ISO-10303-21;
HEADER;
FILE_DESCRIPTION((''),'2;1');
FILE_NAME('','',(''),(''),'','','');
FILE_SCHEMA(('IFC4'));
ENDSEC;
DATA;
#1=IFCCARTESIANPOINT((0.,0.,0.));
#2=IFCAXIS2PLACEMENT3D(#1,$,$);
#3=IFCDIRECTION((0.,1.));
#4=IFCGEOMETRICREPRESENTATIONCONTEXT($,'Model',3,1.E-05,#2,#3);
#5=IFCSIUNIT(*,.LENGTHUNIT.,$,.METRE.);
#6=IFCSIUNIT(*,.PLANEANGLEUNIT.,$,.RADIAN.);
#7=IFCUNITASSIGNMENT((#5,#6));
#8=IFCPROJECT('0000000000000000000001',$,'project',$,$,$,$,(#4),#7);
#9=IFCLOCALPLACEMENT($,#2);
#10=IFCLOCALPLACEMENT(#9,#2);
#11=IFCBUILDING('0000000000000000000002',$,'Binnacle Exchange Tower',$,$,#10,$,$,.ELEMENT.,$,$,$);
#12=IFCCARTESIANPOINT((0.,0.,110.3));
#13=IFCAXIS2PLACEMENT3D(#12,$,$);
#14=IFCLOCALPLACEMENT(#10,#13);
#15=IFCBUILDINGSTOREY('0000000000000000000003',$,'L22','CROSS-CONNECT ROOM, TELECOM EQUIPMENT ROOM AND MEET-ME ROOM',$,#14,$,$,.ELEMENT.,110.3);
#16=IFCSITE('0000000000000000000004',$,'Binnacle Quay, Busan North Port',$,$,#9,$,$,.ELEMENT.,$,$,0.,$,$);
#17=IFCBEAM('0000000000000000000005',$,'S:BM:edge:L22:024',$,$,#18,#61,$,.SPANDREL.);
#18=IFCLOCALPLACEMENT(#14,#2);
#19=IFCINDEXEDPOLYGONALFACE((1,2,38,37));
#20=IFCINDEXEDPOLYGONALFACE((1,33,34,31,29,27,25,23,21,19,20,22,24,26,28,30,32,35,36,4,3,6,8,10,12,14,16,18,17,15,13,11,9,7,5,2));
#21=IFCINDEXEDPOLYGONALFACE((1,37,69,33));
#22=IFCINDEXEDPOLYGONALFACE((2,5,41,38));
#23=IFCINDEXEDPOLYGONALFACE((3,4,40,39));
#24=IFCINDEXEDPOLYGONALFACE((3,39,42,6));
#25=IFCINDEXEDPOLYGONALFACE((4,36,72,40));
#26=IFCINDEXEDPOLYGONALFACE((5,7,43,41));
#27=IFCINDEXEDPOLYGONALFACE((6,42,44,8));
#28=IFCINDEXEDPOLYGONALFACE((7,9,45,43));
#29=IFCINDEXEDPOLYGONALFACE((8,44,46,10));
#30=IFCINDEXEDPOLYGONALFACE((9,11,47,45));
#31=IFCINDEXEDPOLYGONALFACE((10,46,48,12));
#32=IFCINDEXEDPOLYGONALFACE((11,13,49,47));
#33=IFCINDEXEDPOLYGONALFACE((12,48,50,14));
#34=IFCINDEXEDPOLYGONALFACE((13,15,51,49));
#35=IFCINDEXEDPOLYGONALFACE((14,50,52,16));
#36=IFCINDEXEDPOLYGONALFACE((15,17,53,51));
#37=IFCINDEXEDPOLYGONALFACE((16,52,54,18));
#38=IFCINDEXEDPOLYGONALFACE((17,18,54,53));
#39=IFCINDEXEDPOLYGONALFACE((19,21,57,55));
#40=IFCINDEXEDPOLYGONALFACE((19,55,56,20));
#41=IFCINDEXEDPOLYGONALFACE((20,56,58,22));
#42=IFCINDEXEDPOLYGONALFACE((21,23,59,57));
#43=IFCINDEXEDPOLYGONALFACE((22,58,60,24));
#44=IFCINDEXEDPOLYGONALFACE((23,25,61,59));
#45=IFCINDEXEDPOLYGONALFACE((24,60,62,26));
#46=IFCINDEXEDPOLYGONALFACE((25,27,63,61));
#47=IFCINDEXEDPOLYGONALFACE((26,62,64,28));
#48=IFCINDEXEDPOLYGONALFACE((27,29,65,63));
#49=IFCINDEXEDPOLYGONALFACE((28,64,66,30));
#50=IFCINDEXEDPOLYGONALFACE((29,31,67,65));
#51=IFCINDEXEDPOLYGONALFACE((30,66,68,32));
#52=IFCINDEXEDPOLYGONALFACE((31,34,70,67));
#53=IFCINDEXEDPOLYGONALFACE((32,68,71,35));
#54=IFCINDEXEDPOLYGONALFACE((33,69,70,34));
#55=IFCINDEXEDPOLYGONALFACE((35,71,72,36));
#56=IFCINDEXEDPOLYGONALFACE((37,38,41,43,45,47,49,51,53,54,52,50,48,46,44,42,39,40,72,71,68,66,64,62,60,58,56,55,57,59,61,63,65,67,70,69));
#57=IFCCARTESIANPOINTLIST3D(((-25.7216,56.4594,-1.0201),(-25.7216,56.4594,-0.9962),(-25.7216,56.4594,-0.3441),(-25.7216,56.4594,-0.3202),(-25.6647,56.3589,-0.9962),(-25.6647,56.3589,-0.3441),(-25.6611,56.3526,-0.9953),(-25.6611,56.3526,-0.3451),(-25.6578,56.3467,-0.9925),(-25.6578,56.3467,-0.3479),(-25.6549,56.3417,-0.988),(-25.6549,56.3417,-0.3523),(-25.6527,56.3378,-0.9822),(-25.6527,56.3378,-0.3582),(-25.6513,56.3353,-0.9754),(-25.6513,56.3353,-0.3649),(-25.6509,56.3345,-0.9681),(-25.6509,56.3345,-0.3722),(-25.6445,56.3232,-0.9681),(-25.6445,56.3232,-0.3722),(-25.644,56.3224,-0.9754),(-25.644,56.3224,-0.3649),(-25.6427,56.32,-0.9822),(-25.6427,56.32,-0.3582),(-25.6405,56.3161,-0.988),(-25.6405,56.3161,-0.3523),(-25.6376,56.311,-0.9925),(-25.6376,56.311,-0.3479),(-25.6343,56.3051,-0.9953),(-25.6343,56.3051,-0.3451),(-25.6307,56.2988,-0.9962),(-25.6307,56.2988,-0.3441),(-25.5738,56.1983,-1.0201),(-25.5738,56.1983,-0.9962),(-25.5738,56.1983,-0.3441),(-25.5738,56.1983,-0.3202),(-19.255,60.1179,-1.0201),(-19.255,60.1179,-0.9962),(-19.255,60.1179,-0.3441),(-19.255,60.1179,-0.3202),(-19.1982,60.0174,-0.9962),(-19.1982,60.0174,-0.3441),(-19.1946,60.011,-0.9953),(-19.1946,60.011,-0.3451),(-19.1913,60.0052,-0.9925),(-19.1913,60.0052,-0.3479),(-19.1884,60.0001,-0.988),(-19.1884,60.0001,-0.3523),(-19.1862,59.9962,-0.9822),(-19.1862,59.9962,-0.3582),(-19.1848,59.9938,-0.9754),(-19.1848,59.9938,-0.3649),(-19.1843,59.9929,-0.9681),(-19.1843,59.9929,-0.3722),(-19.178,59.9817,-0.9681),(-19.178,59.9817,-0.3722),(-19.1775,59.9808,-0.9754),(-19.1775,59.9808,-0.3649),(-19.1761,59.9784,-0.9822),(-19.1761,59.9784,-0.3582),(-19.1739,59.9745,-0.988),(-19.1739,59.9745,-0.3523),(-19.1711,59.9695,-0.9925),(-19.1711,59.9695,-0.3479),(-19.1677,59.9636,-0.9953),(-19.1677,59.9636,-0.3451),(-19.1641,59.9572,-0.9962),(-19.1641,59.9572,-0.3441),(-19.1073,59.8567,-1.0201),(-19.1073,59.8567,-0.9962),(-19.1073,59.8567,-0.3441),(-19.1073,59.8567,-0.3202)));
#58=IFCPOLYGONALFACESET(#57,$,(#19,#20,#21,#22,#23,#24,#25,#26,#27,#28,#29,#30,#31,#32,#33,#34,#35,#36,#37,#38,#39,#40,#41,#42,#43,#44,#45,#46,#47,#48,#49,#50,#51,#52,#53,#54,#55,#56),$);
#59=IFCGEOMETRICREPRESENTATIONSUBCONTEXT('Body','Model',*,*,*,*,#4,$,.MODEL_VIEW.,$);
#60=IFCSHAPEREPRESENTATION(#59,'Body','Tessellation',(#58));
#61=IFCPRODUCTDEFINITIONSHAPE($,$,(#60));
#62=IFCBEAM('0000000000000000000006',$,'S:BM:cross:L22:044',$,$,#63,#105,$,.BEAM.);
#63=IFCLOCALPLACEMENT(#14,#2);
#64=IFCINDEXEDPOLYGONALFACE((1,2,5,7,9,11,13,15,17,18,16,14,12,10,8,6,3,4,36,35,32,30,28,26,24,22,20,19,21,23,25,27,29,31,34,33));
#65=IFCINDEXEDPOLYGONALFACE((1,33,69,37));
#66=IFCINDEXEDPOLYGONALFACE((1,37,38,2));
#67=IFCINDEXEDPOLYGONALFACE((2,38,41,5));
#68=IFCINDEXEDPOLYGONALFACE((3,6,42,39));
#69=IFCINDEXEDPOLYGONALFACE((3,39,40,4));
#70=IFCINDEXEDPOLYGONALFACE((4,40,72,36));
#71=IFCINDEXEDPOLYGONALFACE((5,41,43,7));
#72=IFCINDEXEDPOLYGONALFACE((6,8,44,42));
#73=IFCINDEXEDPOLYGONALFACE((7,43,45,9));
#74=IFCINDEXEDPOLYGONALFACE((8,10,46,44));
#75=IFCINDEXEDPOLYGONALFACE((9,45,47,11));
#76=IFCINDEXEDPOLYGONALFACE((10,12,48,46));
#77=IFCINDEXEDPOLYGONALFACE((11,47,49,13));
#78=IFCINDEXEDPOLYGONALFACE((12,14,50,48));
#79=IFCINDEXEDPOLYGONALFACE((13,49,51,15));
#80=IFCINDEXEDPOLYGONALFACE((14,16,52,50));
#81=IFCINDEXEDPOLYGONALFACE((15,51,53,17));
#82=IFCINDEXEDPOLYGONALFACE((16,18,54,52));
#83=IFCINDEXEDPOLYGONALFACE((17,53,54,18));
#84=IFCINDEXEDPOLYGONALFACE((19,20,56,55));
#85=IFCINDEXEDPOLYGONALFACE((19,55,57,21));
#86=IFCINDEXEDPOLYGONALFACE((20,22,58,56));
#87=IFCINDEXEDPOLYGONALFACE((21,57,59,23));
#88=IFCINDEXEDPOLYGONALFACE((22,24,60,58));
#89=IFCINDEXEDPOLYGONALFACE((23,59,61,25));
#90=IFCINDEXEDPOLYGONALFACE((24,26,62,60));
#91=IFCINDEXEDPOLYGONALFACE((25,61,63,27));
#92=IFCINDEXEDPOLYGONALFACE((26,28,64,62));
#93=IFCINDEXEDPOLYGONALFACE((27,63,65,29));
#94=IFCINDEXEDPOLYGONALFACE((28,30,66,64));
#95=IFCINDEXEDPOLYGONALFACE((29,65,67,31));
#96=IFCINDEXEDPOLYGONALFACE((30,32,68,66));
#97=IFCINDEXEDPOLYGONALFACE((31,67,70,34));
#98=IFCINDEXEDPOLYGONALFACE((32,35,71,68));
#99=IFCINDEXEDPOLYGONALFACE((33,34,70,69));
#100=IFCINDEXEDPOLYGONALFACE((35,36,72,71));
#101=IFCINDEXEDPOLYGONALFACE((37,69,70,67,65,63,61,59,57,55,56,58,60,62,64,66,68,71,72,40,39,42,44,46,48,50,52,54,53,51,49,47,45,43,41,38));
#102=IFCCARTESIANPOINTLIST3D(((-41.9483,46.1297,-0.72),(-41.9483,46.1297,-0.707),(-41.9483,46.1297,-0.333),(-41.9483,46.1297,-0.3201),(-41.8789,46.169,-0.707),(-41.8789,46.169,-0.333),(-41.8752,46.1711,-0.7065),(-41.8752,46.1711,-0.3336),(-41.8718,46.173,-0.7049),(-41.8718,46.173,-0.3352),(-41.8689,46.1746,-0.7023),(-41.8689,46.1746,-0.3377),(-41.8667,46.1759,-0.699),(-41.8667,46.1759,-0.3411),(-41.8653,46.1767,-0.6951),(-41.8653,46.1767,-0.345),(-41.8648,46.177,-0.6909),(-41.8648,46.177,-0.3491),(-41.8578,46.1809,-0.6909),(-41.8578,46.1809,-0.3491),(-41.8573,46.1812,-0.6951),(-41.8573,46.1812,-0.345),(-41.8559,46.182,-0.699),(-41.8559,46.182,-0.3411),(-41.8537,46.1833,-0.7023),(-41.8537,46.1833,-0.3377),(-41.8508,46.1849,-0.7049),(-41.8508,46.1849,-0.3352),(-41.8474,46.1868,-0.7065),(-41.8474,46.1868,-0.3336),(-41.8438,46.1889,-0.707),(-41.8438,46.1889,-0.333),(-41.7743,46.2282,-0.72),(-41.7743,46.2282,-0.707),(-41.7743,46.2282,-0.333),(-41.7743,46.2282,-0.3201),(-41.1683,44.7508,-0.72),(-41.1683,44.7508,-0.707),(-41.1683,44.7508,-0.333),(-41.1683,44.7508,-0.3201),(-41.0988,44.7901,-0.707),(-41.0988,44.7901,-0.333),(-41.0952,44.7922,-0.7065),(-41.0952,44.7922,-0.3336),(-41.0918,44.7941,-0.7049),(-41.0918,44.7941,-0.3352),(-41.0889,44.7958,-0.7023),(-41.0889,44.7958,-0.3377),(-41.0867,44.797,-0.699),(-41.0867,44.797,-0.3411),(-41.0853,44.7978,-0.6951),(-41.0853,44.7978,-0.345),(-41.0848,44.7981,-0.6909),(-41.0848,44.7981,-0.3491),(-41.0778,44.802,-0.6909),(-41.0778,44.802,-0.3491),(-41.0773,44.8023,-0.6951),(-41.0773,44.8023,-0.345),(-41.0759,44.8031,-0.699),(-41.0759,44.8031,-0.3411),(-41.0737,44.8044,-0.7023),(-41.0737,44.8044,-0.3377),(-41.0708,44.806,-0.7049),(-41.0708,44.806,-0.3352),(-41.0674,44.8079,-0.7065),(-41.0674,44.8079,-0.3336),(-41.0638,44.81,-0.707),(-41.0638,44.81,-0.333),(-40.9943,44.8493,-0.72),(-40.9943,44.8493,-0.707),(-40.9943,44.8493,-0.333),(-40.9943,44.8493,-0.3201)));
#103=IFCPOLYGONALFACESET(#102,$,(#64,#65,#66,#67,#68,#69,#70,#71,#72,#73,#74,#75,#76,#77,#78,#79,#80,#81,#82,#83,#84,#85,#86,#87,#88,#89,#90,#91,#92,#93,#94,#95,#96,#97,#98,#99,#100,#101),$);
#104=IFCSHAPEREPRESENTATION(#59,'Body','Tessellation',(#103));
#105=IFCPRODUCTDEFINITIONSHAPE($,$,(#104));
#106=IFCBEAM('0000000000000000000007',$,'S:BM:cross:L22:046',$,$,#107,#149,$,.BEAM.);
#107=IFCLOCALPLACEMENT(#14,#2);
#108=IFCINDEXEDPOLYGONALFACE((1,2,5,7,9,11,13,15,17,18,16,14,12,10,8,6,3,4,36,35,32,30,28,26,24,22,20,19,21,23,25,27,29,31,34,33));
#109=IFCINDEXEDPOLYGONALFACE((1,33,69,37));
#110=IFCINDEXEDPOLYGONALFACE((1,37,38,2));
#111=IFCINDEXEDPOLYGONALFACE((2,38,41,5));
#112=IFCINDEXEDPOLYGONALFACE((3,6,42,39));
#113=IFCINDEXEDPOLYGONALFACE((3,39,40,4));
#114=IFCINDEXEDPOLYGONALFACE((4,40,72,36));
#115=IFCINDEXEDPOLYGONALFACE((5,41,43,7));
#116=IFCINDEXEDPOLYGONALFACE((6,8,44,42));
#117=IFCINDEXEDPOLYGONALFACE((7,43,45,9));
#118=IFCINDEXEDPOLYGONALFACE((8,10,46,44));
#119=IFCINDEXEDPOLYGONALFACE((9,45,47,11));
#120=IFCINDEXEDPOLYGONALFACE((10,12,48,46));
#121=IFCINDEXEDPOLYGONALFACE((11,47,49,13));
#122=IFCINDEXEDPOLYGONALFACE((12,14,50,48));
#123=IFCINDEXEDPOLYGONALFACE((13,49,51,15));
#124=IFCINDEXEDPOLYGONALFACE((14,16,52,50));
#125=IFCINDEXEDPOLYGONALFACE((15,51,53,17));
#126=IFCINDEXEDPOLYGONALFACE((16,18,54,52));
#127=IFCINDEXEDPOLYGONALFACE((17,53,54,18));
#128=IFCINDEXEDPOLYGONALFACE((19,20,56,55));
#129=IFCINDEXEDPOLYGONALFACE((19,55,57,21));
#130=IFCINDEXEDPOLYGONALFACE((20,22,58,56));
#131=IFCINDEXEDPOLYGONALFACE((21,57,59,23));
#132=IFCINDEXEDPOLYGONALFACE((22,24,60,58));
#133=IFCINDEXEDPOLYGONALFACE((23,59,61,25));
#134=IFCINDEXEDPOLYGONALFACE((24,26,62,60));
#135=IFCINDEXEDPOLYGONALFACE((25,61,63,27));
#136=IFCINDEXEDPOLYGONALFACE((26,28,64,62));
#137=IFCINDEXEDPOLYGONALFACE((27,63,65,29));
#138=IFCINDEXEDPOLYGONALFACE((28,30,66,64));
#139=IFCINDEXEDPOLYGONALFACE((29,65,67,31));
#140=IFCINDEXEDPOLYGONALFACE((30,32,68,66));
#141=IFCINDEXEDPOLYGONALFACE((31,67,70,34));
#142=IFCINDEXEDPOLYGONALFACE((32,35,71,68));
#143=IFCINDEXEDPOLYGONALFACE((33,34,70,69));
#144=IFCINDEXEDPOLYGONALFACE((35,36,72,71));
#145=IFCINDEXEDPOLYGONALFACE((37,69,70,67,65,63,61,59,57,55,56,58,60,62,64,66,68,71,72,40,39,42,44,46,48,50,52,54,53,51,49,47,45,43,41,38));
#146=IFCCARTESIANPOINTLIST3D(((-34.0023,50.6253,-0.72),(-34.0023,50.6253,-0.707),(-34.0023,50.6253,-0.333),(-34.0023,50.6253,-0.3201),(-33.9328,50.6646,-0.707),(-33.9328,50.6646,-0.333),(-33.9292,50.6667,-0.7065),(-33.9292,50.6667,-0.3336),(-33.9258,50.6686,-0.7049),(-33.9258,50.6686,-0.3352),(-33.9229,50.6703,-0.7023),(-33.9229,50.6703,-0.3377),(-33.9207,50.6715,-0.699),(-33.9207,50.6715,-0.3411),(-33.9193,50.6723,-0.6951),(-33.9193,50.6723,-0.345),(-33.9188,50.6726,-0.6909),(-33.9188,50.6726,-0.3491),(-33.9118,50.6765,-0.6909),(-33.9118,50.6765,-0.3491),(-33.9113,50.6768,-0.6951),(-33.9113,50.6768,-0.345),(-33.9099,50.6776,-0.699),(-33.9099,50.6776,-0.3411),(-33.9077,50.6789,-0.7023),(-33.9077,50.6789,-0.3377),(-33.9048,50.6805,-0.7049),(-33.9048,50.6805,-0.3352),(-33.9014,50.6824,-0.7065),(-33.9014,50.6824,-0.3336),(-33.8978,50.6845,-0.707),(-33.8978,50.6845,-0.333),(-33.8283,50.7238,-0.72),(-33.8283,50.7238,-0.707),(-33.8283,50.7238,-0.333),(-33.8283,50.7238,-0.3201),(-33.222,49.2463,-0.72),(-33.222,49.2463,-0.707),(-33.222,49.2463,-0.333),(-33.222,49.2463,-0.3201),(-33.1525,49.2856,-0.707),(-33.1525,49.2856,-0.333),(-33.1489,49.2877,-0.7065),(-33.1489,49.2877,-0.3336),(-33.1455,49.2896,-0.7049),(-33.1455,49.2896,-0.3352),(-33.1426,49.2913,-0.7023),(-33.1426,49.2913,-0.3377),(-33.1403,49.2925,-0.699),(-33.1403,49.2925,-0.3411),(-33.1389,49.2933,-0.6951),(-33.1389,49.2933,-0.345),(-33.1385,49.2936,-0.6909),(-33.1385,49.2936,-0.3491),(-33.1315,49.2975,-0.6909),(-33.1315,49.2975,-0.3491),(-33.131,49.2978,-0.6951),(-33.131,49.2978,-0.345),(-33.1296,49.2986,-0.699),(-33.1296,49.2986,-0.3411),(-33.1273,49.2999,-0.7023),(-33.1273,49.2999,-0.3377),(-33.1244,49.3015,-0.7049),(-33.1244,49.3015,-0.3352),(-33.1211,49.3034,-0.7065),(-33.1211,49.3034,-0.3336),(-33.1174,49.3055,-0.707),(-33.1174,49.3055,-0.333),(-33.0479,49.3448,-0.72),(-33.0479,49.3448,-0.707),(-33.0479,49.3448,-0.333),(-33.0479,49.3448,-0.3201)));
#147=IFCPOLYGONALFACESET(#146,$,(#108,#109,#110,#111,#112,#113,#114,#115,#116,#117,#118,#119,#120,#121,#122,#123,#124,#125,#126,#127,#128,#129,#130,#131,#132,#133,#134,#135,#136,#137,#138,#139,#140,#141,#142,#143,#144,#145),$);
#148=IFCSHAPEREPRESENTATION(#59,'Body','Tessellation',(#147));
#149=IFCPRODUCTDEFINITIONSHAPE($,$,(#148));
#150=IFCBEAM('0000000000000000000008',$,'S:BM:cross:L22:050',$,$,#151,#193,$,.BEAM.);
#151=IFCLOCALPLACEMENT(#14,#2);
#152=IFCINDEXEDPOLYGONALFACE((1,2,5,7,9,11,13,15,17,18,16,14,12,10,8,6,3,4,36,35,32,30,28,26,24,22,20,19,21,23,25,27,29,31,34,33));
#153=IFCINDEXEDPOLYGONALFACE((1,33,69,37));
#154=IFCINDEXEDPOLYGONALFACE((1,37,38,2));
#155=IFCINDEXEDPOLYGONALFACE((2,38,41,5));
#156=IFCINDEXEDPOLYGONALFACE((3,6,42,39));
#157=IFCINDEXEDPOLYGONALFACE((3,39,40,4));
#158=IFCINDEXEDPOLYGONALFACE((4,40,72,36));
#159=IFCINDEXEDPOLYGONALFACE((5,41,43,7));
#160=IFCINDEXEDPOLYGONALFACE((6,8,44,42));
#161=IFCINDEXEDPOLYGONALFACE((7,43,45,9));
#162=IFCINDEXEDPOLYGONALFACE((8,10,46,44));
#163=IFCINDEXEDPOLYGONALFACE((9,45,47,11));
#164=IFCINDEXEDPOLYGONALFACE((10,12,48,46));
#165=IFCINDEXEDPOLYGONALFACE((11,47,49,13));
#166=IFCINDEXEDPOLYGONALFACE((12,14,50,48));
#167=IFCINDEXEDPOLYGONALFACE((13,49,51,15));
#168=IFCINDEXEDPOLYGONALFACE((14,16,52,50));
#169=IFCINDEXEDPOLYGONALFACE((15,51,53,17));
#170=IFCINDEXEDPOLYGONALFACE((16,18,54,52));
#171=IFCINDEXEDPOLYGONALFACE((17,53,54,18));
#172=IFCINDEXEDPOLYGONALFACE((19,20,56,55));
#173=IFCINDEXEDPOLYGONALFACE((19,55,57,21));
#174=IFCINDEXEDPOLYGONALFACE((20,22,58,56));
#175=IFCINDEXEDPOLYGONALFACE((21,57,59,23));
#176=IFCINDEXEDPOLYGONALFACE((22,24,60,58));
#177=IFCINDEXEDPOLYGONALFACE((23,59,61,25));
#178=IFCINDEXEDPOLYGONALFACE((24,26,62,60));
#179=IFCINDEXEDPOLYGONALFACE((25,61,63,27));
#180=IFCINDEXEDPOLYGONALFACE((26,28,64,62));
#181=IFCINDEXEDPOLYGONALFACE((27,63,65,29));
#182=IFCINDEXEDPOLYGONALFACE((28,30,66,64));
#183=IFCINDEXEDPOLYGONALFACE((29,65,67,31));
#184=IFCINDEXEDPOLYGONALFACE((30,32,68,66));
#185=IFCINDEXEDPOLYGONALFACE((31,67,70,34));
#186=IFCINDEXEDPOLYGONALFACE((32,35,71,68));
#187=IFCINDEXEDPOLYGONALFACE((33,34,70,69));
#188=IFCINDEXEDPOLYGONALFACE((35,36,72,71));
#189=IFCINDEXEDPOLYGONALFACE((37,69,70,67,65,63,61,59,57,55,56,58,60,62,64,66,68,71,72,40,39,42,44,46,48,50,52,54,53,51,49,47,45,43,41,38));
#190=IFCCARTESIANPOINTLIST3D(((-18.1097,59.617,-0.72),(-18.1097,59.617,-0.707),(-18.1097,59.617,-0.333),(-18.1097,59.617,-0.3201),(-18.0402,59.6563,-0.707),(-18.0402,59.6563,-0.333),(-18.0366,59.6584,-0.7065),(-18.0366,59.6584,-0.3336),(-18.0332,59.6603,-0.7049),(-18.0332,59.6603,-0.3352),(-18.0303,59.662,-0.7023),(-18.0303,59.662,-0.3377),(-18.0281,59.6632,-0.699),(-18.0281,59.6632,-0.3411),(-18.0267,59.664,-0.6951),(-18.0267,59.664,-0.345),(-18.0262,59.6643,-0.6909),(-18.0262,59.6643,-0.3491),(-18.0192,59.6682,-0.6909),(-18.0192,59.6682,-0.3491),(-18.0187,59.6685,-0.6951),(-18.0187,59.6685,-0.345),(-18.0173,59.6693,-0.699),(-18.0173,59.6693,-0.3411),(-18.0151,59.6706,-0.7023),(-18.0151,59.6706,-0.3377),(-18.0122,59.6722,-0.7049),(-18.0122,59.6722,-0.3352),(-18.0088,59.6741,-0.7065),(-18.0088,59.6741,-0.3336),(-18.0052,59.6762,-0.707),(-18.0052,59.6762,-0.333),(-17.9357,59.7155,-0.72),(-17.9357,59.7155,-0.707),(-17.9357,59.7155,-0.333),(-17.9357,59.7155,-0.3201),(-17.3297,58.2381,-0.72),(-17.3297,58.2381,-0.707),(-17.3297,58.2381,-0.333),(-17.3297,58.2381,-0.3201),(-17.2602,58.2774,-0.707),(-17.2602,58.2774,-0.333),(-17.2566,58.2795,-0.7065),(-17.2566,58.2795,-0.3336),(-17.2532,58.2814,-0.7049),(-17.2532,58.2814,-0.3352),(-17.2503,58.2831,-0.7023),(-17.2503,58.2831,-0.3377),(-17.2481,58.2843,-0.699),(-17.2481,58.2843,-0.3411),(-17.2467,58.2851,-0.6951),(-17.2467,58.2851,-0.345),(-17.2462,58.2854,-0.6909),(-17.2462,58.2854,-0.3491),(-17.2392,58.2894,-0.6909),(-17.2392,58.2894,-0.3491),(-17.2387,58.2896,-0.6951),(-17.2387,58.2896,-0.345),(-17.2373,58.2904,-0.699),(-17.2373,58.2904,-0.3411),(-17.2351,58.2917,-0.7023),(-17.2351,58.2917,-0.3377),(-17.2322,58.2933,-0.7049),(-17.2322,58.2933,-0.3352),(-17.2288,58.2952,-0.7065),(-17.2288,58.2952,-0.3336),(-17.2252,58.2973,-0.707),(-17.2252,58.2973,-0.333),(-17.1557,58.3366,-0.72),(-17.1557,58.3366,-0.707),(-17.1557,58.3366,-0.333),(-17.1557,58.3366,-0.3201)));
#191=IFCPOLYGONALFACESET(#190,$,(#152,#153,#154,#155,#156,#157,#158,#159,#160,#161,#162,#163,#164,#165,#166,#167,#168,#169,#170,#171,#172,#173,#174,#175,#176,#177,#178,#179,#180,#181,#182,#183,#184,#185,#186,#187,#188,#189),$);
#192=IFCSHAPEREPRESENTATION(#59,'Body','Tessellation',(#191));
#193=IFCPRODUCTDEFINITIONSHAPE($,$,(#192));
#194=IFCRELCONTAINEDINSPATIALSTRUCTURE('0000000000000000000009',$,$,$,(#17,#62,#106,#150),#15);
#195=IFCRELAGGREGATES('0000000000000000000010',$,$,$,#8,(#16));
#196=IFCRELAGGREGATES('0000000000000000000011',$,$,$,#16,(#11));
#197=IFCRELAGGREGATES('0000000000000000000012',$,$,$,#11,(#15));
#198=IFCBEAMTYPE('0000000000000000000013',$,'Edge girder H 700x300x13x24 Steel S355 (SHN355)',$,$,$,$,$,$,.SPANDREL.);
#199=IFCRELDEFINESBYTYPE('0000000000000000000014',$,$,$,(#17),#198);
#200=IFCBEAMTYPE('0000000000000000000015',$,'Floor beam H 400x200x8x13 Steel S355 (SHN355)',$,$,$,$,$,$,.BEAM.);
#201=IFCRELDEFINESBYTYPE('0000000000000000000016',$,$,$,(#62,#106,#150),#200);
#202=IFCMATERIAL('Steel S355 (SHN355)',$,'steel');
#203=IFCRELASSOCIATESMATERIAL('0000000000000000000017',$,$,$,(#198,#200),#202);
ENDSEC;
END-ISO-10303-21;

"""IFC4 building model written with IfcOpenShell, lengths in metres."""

from ifc_helpers import new_model, si_unit, direction, frame, origin, origin_2d, place, context, subcontext, project, spatial, i_section, extrude, material, material_profile, profile_set, type_object, element, save


model = new_model("IFC4")

# Units and contexts
model_context = context("Model", 3, precision=1e-05, world=origin(), true_north=direction((0.0, 1.0)))
body_context = subcontext(model_context, "Body", "Model", "MODEL_VIEW")
ifc_project = project(units=[si_unit("LENGTHUNIT", "METRE"), si_unit("PLANEANGLEUNIT", "RADIAN")], contexts=[model_context])

# Site, building, storey
site_placement = place(None, origin())
site = spatial("IfcSite", under=ifc_project, at=site_placement, Name="Binnacle Quay, Busan North Port", CompositionType="ELEMENT", RefElevation=0.0)
building_placement = place(site_placement, origin())
building = spatial("IfcBuilding", under=site, at=building_placement, Name="Binnacle Exchange Tower", CompositionType="ELEMENT")
storey_placement = place(building_placement, frame((0.0, 0.0, 110.3)))
storey = spatial("IfcBuildingStorey", under=building, at=storey_placement, Name="L22", Description="CROSS-CONNECT ROOM, TELECOM EQUIPMENT ROOM AND MEET-ME ROOM", CompositionType="ELEMENT", Elevation=110.3)

# Beams
ifc_material_1 = material(Name="Steel S355 (SHN355)", Category="steel")
ifc_material_profile_1 = material_profile(ifc_material_1, i_section(OverallWidth=0.3, OverallDepth=0.7, WebThickness=0.0129, FlangeThickness=0.0239, FilletRadius=0.0281, at=origin_2d()), Name="H 700x300x13x24")
ifc_profile_set_1 = profile_set([ifc_material_profile_1], Name="Steel S355 (SHN355)")
beam_type_1 = type_object("IfcBeamType", Name="Edge girder H 700x300x13x24 Steel S355 (SHN355)", PredefinedType="SPANDREL", material=ifc_profile_set_1)
beam_1_placement = place(storey_placement, frame((-19.1812, 59.9873, -0.6702), z_axis=(-0.870364, -0.492408, 0.0), x_axis=(0.492408, -0.870364, 0.0)))
element("IfcBeam", 1, at=beam_1_placement, inside=storey, type_object=beam_type_1, Name="S:BM:edge:L22:024", PredefinedType="SPANDREL", context=body_context, shape_type="SweptSolid", body=[
    extrude(i_section(OverallWidth=0.3, OverallDepth=0.7, WebThickness=0.0129, FlangeThickness=0.0239, FilletRadius=0.0281, at=origin_2d()), origin(), (0.0, 0.0, 1.0), 7.4297),
])
ifc_material_profile_2 = material_profile(ifc_material_1, i_section(OverallWidth=0.2, OverallDepth=0.3999, WebThickness=0.0081, FlangeThickness=0.0129, FilletRadius=0.0161, at=origin_2d()), Name="H 400x200x8x13")
ifc_profile_set_2 = profile_set([ifc_material_profile_2], Name="Steel S355 (SHN355)")
beam_type_2 = type_object("IfcBeamType", Name="Floor beam H 400x200x8x13 Steel S355 (SHN355)", PredefinedType="BEAM", material=ifc_profile_set_2)
beam_2_placement = place(storey_placement, frame((-41.8613, 46.179, -0.52), z_axis=(0.492367, -0.870388, 0.0), x_axis=(0.870388, 0.492367, 0.0)))
element("IfcBeam", 2, at=beam_2_placement, inside=storey, type_object=beam_type_2, Name="S:BM:cross:L22:044", PredefinedType="BEAM", context=body_context, shape_type="SweptSolid", body=[
    extrude(i_section(OverallWidth=0.2, OverallDepth=0.3999, WebThickness=0.0081, FlangeThickness=0.0129, FilletRadius=0.0161, at=origin_2d()), origin(), (0.0, 0.0, 1.0), 1.5842),
])
beam_3_placement = place(storey_placement, frame((-33.9153, 50.6746, -0.52), z_axis=(0.492484, -0.870322, 0.0), x_axis=(0.870322, 0.492484, 0.0)))
element("IfcBeam", 3, at=beam_3_placement, inside=storey, type_object=beam_type_2, Name="S:BM:cross:L22:046", PredefinedType="BEAM", context=body_context, shape_type="SweptSolid", body=[
    extrude(i_section(OverallWidth=0.2, OverallDepth=0.3999, WebThickness=0.0081, FlangeThickness=0.0129, FilletRadius=0.0161, at=origin_2d()), origin(), (0.0, 0.0, 1.0), 1.5845),
])
beam_4_placement = place(storey_placement, frame((-18.0227, 59.6663, -0.52), z_axis=(0.492367, -0.870388, 0.0), x_axis=(0.870388, 0.492367, 0.0)))
element("IfcBeam", 4, at=beam_4_placement, inside=storey, type_object=beam_type_2, Name="S:BM:cross:L22:050", PredefinedType="BEAM", context=body_context, shape_type="SweptSolid", body=[
    extrude(i_section(OverallWidth=0.2, OverallDepth=0.3999, WebThickness=0.0081, FlangeThickness=0.0129, FilletRadius=0.0161, at=origin_2d()), origin(), (0.0, 0.0, 1.0), 1.5842),
])

save(model, "model.ifc")
